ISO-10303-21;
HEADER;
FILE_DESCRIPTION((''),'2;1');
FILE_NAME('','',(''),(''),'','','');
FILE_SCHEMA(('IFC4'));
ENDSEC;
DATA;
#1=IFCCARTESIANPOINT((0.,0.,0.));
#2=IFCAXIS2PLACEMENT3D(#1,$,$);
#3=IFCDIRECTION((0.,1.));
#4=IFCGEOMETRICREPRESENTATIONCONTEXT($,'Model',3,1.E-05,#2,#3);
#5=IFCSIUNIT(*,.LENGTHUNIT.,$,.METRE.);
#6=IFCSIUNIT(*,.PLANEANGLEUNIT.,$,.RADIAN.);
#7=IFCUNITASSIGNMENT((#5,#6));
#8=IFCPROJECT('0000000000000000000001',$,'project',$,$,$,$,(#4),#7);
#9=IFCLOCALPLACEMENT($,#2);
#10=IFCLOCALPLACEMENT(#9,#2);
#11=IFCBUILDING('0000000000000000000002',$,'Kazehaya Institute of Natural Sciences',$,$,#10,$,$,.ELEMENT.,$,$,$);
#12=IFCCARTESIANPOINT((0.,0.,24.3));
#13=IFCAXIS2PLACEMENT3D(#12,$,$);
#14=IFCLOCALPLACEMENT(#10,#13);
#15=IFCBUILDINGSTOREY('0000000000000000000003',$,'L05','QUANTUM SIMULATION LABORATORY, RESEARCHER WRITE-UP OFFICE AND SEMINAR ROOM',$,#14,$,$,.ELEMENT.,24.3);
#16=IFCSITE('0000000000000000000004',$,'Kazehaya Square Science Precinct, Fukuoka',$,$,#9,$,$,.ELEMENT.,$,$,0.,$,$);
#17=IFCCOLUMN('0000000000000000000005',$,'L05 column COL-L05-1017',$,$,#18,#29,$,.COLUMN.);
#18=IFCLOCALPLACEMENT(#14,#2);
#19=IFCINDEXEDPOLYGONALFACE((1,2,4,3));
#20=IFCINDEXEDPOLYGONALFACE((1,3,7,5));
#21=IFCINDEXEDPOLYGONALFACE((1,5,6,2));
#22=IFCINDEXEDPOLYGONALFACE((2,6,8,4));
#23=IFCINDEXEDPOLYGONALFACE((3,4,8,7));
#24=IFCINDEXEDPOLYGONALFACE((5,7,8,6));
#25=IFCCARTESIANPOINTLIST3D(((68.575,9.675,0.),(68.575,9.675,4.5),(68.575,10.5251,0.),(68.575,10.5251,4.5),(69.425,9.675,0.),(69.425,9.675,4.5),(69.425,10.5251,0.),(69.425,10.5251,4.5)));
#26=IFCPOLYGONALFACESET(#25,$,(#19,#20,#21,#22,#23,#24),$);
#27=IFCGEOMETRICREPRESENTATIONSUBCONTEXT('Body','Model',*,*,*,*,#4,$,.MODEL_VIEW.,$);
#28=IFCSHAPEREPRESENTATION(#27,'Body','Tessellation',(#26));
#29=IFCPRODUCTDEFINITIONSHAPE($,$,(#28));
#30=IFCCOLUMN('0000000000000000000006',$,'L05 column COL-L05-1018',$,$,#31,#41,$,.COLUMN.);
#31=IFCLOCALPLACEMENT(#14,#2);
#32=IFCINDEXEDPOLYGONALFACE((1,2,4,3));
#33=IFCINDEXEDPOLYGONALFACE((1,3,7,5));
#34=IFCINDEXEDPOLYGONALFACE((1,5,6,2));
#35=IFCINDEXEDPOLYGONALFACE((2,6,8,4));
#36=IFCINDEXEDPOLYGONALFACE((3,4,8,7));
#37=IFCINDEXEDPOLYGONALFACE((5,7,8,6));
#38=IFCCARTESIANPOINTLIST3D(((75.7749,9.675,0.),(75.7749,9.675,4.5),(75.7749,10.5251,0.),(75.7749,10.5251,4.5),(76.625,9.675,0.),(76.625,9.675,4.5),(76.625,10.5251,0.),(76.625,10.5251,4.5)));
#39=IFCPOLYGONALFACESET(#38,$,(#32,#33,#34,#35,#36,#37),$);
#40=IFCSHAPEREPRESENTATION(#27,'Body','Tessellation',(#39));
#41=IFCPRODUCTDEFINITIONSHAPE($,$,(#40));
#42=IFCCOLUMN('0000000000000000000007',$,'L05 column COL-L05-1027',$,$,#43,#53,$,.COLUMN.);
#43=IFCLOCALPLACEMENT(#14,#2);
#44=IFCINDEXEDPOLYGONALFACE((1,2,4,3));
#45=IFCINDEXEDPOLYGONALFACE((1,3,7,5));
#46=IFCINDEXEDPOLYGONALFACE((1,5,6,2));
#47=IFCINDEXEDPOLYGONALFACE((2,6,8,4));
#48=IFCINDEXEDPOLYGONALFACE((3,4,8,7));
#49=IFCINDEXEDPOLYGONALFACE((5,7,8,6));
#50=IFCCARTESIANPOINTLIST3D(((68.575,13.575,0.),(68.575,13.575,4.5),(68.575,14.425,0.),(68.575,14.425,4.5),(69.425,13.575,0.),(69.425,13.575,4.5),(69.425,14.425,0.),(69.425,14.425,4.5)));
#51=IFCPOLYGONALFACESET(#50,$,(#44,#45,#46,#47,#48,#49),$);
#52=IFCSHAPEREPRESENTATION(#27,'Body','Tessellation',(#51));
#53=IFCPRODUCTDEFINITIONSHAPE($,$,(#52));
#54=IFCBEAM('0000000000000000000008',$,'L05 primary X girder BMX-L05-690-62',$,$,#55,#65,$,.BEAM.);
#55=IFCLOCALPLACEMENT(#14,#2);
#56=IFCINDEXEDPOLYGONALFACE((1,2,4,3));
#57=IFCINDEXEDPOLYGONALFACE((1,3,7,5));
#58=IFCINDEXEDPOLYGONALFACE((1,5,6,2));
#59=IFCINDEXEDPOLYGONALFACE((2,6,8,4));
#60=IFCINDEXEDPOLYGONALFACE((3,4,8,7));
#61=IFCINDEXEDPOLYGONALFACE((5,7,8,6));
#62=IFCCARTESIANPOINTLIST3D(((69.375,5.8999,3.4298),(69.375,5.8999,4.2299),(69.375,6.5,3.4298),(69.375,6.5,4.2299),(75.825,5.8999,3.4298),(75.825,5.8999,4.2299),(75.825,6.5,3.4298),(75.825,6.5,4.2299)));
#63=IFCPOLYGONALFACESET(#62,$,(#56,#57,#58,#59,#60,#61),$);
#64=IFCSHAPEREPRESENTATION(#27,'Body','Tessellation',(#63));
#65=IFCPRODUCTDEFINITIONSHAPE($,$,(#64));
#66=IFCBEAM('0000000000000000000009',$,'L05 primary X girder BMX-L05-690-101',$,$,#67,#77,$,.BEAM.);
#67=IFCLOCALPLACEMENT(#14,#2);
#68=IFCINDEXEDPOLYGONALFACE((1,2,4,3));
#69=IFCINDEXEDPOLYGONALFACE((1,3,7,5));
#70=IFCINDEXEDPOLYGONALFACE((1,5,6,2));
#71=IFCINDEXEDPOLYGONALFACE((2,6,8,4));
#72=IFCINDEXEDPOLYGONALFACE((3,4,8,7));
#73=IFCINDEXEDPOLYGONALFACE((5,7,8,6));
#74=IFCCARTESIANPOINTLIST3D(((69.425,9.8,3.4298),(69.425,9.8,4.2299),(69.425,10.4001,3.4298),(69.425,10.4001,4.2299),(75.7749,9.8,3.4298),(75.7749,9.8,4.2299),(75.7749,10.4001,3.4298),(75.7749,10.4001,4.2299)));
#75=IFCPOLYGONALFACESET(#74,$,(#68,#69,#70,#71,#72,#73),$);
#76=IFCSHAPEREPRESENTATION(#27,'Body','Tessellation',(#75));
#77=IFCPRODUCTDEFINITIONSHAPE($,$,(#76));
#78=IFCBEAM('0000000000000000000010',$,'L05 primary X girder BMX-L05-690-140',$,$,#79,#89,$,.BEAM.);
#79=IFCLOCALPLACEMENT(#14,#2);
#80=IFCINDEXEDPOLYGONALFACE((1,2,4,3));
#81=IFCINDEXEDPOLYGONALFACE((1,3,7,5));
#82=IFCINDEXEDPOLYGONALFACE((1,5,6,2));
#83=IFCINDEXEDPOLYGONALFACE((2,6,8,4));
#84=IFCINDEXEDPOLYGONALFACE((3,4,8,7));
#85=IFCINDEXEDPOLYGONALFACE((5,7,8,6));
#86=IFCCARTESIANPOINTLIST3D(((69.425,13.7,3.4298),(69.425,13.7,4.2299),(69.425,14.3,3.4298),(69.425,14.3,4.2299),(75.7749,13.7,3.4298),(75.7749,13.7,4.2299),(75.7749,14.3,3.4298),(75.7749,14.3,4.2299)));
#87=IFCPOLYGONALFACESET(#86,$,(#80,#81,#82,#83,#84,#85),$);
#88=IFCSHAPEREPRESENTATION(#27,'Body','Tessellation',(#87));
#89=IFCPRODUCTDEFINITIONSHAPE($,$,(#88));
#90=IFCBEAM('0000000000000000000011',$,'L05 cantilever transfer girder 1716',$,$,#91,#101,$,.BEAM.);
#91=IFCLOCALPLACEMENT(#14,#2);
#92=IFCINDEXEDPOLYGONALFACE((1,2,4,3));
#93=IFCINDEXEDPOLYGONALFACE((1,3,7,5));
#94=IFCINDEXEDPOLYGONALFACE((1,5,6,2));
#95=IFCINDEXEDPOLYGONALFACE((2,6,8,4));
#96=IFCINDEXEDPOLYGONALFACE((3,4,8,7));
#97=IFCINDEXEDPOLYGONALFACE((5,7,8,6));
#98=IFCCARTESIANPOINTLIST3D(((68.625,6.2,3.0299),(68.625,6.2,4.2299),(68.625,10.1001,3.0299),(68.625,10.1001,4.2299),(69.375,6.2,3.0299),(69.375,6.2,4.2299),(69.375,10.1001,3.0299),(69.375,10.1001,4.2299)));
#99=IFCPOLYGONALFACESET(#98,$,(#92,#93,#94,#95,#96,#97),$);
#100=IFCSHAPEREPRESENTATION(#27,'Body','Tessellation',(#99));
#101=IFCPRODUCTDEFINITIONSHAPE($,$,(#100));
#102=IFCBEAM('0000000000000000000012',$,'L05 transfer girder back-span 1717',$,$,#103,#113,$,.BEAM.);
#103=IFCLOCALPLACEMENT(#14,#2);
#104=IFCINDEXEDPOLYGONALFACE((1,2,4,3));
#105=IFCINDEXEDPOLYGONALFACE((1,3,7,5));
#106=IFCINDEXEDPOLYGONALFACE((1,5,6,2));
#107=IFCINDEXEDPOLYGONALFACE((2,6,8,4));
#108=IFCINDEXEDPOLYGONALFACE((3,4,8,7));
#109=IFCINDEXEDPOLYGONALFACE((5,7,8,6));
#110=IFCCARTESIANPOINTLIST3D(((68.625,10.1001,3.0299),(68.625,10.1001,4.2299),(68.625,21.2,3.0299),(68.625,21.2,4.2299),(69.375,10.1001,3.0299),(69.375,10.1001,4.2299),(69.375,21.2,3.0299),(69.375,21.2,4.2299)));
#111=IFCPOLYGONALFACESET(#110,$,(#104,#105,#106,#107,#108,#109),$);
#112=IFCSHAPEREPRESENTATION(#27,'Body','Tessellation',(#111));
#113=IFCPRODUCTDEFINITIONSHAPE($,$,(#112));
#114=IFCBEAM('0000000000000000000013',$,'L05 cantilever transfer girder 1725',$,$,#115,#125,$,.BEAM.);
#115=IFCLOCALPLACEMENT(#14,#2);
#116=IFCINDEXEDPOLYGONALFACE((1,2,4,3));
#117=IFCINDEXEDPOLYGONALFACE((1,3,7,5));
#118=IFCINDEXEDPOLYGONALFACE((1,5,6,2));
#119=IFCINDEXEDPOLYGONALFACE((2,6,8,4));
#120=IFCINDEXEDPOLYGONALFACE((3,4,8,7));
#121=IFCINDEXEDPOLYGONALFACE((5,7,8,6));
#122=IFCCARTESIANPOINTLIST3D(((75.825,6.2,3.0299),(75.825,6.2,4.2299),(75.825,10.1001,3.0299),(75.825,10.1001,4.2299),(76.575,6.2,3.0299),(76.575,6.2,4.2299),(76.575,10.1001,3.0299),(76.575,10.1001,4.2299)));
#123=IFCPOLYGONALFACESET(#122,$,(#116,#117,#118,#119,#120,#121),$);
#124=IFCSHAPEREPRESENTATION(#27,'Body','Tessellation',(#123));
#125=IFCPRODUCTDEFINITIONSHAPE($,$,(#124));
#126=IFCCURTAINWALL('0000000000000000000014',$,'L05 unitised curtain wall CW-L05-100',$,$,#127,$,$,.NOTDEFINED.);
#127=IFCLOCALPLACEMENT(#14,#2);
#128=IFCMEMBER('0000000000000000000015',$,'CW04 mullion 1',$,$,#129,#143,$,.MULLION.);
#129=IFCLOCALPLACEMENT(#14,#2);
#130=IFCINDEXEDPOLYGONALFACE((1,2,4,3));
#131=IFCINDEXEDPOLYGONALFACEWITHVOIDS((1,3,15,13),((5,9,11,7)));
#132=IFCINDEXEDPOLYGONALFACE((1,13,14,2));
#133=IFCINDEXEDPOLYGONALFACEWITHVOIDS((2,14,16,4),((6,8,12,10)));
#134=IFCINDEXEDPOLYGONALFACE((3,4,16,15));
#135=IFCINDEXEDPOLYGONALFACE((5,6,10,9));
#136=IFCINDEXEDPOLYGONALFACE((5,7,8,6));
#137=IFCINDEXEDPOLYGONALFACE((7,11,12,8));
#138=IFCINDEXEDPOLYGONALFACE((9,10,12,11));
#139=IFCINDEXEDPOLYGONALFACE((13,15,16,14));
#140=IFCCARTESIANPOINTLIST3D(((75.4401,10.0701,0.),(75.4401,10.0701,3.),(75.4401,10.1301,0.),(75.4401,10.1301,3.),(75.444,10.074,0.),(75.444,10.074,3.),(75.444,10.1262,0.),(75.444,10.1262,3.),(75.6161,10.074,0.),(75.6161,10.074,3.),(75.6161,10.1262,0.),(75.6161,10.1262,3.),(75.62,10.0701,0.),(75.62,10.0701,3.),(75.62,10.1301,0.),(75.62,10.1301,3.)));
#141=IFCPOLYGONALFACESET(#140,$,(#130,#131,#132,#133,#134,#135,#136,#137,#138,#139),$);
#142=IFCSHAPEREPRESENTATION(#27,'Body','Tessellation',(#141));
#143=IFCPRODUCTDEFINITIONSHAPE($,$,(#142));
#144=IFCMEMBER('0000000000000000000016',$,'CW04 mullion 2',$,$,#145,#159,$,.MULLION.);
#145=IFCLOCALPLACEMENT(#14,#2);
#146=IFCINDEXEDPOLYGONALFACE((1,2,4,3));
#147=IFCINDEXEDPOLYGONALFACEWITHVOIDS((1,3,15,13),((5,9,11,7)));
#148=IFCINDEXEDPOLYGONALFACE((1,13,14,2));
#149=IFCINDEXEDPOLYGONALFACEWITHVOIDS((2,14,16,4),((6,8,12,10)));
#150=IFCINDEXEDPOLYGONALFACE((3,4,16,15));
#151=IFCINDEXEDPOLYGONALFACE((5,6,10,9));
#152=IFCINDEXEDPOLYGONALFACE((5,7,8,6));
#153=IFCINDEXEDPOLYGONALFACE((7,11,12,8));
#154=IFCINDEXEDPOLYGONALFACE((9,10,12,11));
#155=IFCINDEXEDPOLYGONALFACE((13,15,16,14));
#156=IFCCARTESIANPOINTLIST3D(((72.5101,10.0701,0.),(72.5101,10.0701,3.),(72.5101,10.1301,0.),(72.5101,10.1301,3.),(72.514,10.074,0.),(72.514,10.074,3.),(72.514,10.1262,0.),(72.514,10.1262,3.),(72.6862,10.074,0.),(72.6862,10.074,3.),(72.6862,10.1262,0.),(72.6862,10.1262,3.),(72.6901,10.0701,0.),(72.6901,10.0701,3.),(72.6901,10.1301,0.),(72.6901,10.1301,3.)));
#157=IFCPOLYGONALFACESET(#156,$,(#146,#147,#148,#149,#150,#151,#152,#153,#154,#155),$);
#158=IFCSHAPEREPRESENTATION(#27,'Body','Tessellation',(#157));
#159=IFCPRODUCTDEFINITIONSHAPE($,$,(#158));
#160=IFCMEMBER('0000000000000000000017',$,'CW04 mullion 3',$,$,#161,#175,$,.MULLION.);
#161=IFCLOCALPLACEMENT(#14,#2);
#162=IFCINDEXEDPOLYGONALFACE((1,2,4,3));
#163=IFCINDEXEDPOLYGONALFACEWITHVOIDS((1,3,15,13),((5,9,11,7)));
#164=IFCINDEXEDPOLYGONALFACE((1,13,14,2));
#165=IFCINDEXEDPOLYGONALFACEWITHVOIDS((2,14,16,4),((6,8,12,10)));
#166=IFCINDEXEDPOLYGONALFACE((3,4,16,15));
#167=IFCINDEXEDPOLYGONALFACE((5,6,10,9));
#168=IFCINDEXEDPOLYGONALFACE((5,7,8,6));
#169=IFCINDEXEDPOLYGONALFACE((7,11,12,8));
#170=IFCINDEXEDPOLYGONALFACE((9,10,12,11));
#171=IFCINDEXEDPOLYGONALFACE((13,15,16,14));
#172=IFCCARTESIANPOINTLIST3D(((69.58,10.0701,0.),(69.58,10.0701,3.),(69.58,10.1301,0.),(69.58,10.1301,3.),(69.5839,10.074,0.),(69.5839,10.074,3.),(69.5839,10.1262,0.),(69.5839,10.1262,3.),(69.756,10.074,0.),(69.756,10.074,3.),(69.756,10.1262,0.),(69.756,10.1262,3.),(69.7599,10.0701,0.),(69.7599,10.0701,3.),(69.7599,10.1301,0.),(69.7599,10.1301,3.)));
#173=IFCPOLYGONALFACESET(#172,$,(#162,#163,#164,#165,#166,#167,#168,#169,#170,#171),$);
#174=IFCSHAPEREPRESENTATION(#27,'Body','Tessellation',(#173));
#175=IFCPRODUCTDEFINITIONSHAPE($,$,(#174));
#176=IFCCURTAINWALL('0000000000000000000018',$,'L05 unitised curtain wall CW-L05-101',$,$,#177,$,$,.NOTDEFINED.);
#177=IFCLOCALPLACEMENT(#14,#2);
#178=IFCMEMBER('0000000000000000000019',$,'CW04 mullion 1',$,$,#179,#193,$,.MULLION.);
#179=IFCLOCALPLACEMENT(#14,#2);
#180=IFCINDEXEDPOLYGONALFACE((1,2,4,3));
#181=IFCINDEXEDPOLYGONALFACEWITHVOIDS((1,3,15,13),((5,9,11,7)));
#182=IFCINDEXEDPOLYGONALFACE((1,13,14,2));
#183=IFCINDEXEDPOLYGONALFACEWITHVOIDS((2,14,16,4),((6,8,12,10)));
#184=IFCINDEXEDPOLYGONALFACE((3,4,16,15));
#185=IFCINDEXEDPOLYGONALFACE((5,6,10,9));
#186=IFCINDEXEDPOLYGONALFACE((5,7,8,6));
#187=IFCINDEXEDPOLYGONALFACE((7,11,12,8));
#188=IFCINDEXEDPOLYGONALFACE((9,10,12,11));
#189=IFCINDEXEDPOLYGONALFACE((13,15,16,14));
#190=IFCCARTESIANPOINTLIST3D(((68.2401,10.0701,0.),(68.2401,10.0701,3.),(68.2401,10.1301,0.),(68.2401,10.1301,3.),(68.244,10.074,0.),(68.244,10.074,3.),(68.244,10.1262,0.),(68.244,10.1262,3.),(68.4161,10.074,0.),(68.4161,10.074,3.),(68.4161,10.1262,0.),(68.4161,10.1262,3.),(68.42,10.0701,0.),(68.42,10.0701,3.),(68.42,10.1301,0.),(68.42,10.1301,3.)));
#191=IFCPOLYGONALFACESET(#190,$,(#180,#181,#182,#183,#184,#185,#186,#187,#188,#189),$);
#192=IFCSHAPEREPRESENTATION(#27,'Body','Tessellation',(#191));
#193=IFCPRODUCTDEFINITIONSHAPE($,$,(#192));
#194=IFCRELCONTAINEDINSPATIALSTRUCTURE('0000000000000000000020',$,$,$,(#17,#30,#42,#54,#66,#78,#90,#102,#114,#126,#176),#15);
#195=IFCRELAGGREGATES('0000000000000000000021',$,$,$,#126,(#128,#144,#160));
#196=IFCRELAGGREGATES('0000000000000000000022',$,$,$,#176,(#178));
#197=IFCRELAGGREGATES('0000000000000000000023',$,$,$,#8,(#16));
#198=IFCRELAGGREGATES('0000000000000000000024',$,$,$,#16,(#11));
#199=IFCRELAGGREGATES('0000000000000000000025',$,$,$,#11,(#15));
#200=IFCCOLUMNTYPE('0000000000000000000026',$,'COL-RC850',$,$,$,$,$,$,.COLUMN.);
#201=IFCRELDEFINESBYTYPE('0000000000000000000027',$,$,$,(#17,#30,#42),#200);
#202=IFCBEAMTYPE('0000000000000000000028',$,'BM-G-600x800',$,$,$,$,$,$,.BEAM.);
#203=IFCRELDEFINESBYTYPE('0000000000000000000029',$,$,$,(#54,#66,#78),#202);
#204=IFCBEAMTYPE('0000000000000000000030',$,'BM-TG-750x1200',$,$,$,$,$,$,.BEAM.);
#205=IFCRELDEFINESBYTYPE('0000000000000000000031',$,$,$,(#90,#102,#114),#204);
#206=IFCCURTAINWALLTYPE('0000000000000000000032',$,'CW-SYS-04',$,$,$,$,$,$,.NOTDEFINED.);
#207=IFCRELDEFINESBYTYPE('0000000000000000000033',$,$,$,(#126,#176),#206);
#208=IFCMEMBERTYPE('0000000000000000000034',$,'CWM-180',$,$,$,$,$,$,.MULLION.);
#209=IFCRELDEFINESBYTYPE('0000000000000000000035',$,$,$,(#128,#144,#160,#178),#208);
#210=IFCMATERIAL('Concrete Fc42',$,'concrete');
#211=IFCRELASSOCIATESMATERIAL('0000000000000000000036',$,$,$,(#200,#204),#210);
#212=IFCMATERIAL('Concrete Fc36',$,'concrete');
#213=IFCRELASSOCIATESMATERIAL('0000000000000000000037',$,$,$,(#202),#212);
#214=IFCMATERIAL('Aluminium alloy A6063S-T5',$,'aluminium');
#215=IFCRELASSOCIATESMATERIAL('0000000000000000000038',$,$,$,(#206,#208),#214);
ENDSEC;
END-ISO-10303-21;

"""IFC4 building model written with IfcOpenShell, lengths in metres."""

from ifc_helpers import new_model, si_unit, direction, frame, origin, origin_2d, place, context, subcontext, project, spatial, rectangle, hollow_rectangle, extrude, material, material_profile, profile_set, type_object, element, aggregate, save


model = new_model("IFC4")

# Units and contexts
model_context = context("Model", 3, precision=1e-05, world=origin(), true_north=direction((0.0, 1.0)))
body_context = subcontext(model_context, "Body", "Model", "MODEL_VIEW")
ifc_project = project(units=[si_unit("LENGTHUNIT", "METRE"), si_unit("PLANEANGLEUNIT", "RADIAN")], contexts=[model_context])

# Site, building, storey
site_placement = place(None, origin())
site = spatial("IfcSite", under=ifc_project, at=site_placement, Name="Kazehaya Square Science Precinct, Fukuoka", CompositionType="ELEMENT", RefElevation=0.0)
building_placement = place(site_placement, origin())
building = spatial("IfcBuilding", under=site, at=building_placement, Name="Kazehaya Institute of Natural Sciences", CompositionType="ELEMENT")
storey_placement = place(building_placement, frame((0.0, 0.0, 24.3)))
storey = spatial("IfcBuildingStorey", under=building, at=storey_placement, Name="L05", Description="QUANTUM SIMULATION LABORATORY, RESEARCHER WRITE-UP OFFICE AND SEMINAR ROOM", CompositionType="ELEMENT", Elevation=24.3)

# Columns
ifc_material_1 = material(Name="Concrete Fc42", Category="concrete")
ifc_material_profile_1 = material_profile(ifc_material_1, rectangle(XDim=0.8501, YDim=0.8501, at=origin_2d()), Name="RC-850x850")
ifc_profile_set_1 = profile_set([ifc_material_profile_1], Name="Concrete Fc42")
column_type = type_object("IfcColumnType", Name="COL-RC850", PredefinedType="COLUMN", material=ifc_profile_set_1)
for number, where, z_axis, x_axis, name in (
    (1, (69.0, 10.1001, 0.0), (0.0, 0.0, 1.0), (1.0, 0.0, 0.0), "L05 column COL-L05-1017"),
    (2, (76.2, 10.1001, 0.0), (0.0, 0.0, 1.0), (1.0, 0.0, 0.0), "L05 column COL-L05-1018"),
    (3, (69.0, 14.0, 0.0), (0.0, 0.0, 1.0), (1.0, 0.0, 0.0), "L05 column COL-L05-1027"),
):
    element("IfcColumn", number, at=place(storey_placement, frame(where, z_axis=z_axis, x_axis=x_axis)), inside=storey, type_object=column_type, Name=name, PredefinedType="COLUMN", context=body_context, shape_type="SweptSolid", body=[
        extrude(rectangle(XDim=0.8501, YDim=0.8501, at=origin_2d()), origin(), (0.0, 0.0, 1.0), 4.5),
    ])

# Beams
ifc_material_2 = material(Name="Concrete Fc36", Category="concrete")
ifc_material_profile_2 = material_profile(ifc_material_2, rectangle(XDim=0.6001, YDim=0.8, at=origin_2d()), Name="RC-600x800")
ifc_profile_set_2 = profile_set([ifc_material_profile_2], Name="Concrete Fc36")
beam_type_1 = type_object("IfcBeamType", Name="BM-G-600x800", PredefinedType="BEAM", material=ifc_profile_set_2)
beam_1_placement = place(storey_placement, frame((69.375, 6.2, 3.8298), z_axis=(1.0, 0.0, 0.0), x_axis=(0.0, 1.0, 0.0)))
element("IfcBeam", 4, at=beam_1_placement, inside=storey, type_object=beam_type_1, Name="L05 primary X girder BMX-L05-690-62", PredefinedType="BEAM", context=body_context, shape_type="SweptSolid", body=[
    extrude(rectangle(XDim=0.6001, YDim=0.8, at=origin_2d()), origin(), (0.0, 0.0, 1.0), 6.45),
])
for number, where, z_axis, x_axis, name in (
    (5, (69.425, 10.1001, 3.8298), (1.0, 0.0, 0.0), (0.0, 1.0, 0.0), "L05 primary X girder BMX-L05-690-101"),
    (6, (69.425, 14.0, 3.8298), (1.0, 0.0, 0.0), (0.0, 1.0, 0.0), "L05 primary X girder BMX-L05-690-140"),
):
    element("IfcBeam", number, at=place(storey_placement, frame(where, z_axis=z_axis, x_axis=x_axis)), inside=storey, type_object=beam_type_1, Name=name, PredefinedType="BEAM", context=body_context, shape_type="SweptSolid", body=[
        extrude(rectangle(XDim=0.6001, YDim=0.8, at=origin_2d()), origin(), (0.0, 0.0, 1.0), 6.3499),
    ])
ifc_material_profile_3 = material_profile(ifc_material_1, rectangle(XDim=0.75, YDim=1.2, at=origin_2d()), Name="RC-750x1200")
ifc_profile_set_3 = profile_set([ifc_material_profile_3], Name="Concrete Fc42")
beam_type_2 = type_object("IfcBeamType", Name="BM-TG-750x1200", PredefinedType="BEAM", material=ifc_profile_set_3)
beam_2_placement = place(storey_placement, frame((69.0, 6.2, 3.6299), z_axis=(0.0, 1.0, 0.0), x_axis=(-1.0, 0.0, 0.0)))
element("IfcBeam", 7, at=beam_2_placement, inside=storey, type_object=beam_type_2, Name="L05 cantilever transfer girder 1716", PredefinedType="BEAM", context=body_context, shape_type="SweptSolid", body=[
    extrude(rectangle(XDim=0.75, YDim=1.2, at=origin_2d()), origin(), (0.0, 0.0, 1.0), 3.9001),
])
beam_3_placement = place(storey_placement, frame((69.0, 10.1001, 3.6299), z_axis=(0.0, 1.0, 0.0), x_axis=(-1.0, 0.0, 0.0)))
element("IfcBeam", 8, at=beam_3_placement, inside=storey, type_object=beam_type_2, Name="L05 transfer girder back-span 1717", PredefinedType="BEAM", context=body_context, shape_type="SweptSolid", body=[
    extrude(rectangle(XDim=0.75, YDim=1.2, at=origin_2d()), origin(), (0.0, 0.0, 1.0), 11.0999),
])
beam_4_placement = place(storey_placement, frame((76.2, 6.2, 3.6299), z_axis=(0.0, 1.0, 0.0), x_axis=(-1.0, 0.0, 0.0)))
element("IfcBeam", 9, at=beam_4_placement, inside=storey, type_object=beam_type_2, Name="L05 cantilever transfer girder 1725", PredefinedType="BEAM", context=body_context, shape_type="SweptSolid", body=[
    extrude(rectangle(XDim=0.75, YDim=1.2, at=origin_2d()), origin(), (0.0, 0.0, 1.0), 3.9001),
])

# Curtain wall, members
ifc_material_3 = material(Name="Aluminium alloy A6063S-T5", Category="aluminium")
curtain_wall_type = type_object("IfcCurtainWallType", Name="CW-SYS-04", PredefinedType="NOTDEFINED", material=ifc_material_3)
curtain_wall_1_placement = place(storey_placement, origin())
curtain_wall_1 = element("IfcCurtainWall", 10, at=curtain_wall_1_placement, inside=storey, type_object=curtain_wall_type, Name="L05 unitised curtain wall CW-L05-100", PredefinedType="NOTDEFINED")
ifc_material_profile_4 = material_profile(ifc_material_3, hollow_rectangle(XDim=0.0601, YDim=0.1799, WallThickness=0.0039, at=origin_2d()), Name="ALU-60x180x4")
ifc_profile_set_4 = profile_set([ifc_material_profile_4], Name="Aluminium alloy A6063S-T5")
member_type_1 = type_object("IfcMemberType", Name="CWM-180", PredefinedType="MULLION", material=ifc_profile_set_4)
member_1_placement = place(storey_placement, frame((75.53, 10.1001, 0.0), z_axis=(0.0, 0.0, 1.0), x_axis=(0.0, -1.0, 0.0)))
member_1 = element("IfcMember", 11, at=member_1_placement, type_object=member_type_1, Name="CW04 mullion 1", PredefinedType="MULLION", context=body_context, shape_type="SweptSolid", body=[
    extrude(hollow_rectangle(XDim=0.0601, YDim=0.1799, WallThickness=0.0039, at=origin_2d()), origin(), (0.0, 0.0, 1.0), 3.0),
])
member_2_placement = place(storey_placement, frame((72.6001, 10.1001, 0.0), z_axis=(0.0, 0.0, 1.0), x_axis=(0.0, -1.0, 0.0)))
member_2 = element("IfcMember", 12, at=member_2_placement, type_object=member_type_1, Name="CW04 mullion 2", PredefinedType="MULLION", context=body_context, shape_type="SweptSolid", body=[
    extrude(hollow_rectangle(XDim=0.0601, YDim=0.1799, WallThickness=0.0039, at=origin_2d()), origin(), (0.0, 0.0, 1.0), 3.0),
])
member_3_placement = place(storey_placement, frame((69.6699, 10.1001, 0.0), z_axis=(0.0, 0.0, 1.0), x_axis=(0.0, -1.0, 0.0)))
member_3 = element("IfcMember", 13, at=member_3_placement, type_object=member_type_1, Name="CW04 mullion 3", PredefinedType="MULLION", context=body_context, shape_type="SweptSolid", body=[
    extrude(hollow_rectangle(XDim=0.0601, YDim=0.1799, WallThickness=0.0039, at=origin_2d()), origin(), (0.0, 0.0, 1.0), 3.0),
])

# Curtain wall, member
curtain_wall_2_placement = place(storey_placement, origin())
curtain_wall_2 = element("IfcCurtainWall", 14, at=curtain_wall_2_placement, inside=storey, type_object=curtain_wall_type, Name="L05 unitised curtain wall CW-L05-101", PredefinedType="NOTDEFINED")
member_4_placement = place(storey_placement, frame((68.3301, 10.1001, 0.0), z_axis=(0.0, 0.0, 1.0), x_axis=(0.0, -1.0, 0.0)))
member_4 = element("IfcMember", 15, at=member_4_placement, type_object=member_type_1, Name="CW04 mullion 1", PredefinedType="MULLION", context=body_context, shape_type="SweptSolid", body=[
    extrude(hollow_rectangle(XDim=0.0601, YDim=0.1799, WallThickness=0.0039, at=origin_2d()), origin(), (0.0, 0.0, 1.0), 3.0),
])

aggregate(curtain_wall_1, [member_1, member_2, member_3])
aggregate(curtain_wall_2, [member_4])

save(model, "model.ifc")
